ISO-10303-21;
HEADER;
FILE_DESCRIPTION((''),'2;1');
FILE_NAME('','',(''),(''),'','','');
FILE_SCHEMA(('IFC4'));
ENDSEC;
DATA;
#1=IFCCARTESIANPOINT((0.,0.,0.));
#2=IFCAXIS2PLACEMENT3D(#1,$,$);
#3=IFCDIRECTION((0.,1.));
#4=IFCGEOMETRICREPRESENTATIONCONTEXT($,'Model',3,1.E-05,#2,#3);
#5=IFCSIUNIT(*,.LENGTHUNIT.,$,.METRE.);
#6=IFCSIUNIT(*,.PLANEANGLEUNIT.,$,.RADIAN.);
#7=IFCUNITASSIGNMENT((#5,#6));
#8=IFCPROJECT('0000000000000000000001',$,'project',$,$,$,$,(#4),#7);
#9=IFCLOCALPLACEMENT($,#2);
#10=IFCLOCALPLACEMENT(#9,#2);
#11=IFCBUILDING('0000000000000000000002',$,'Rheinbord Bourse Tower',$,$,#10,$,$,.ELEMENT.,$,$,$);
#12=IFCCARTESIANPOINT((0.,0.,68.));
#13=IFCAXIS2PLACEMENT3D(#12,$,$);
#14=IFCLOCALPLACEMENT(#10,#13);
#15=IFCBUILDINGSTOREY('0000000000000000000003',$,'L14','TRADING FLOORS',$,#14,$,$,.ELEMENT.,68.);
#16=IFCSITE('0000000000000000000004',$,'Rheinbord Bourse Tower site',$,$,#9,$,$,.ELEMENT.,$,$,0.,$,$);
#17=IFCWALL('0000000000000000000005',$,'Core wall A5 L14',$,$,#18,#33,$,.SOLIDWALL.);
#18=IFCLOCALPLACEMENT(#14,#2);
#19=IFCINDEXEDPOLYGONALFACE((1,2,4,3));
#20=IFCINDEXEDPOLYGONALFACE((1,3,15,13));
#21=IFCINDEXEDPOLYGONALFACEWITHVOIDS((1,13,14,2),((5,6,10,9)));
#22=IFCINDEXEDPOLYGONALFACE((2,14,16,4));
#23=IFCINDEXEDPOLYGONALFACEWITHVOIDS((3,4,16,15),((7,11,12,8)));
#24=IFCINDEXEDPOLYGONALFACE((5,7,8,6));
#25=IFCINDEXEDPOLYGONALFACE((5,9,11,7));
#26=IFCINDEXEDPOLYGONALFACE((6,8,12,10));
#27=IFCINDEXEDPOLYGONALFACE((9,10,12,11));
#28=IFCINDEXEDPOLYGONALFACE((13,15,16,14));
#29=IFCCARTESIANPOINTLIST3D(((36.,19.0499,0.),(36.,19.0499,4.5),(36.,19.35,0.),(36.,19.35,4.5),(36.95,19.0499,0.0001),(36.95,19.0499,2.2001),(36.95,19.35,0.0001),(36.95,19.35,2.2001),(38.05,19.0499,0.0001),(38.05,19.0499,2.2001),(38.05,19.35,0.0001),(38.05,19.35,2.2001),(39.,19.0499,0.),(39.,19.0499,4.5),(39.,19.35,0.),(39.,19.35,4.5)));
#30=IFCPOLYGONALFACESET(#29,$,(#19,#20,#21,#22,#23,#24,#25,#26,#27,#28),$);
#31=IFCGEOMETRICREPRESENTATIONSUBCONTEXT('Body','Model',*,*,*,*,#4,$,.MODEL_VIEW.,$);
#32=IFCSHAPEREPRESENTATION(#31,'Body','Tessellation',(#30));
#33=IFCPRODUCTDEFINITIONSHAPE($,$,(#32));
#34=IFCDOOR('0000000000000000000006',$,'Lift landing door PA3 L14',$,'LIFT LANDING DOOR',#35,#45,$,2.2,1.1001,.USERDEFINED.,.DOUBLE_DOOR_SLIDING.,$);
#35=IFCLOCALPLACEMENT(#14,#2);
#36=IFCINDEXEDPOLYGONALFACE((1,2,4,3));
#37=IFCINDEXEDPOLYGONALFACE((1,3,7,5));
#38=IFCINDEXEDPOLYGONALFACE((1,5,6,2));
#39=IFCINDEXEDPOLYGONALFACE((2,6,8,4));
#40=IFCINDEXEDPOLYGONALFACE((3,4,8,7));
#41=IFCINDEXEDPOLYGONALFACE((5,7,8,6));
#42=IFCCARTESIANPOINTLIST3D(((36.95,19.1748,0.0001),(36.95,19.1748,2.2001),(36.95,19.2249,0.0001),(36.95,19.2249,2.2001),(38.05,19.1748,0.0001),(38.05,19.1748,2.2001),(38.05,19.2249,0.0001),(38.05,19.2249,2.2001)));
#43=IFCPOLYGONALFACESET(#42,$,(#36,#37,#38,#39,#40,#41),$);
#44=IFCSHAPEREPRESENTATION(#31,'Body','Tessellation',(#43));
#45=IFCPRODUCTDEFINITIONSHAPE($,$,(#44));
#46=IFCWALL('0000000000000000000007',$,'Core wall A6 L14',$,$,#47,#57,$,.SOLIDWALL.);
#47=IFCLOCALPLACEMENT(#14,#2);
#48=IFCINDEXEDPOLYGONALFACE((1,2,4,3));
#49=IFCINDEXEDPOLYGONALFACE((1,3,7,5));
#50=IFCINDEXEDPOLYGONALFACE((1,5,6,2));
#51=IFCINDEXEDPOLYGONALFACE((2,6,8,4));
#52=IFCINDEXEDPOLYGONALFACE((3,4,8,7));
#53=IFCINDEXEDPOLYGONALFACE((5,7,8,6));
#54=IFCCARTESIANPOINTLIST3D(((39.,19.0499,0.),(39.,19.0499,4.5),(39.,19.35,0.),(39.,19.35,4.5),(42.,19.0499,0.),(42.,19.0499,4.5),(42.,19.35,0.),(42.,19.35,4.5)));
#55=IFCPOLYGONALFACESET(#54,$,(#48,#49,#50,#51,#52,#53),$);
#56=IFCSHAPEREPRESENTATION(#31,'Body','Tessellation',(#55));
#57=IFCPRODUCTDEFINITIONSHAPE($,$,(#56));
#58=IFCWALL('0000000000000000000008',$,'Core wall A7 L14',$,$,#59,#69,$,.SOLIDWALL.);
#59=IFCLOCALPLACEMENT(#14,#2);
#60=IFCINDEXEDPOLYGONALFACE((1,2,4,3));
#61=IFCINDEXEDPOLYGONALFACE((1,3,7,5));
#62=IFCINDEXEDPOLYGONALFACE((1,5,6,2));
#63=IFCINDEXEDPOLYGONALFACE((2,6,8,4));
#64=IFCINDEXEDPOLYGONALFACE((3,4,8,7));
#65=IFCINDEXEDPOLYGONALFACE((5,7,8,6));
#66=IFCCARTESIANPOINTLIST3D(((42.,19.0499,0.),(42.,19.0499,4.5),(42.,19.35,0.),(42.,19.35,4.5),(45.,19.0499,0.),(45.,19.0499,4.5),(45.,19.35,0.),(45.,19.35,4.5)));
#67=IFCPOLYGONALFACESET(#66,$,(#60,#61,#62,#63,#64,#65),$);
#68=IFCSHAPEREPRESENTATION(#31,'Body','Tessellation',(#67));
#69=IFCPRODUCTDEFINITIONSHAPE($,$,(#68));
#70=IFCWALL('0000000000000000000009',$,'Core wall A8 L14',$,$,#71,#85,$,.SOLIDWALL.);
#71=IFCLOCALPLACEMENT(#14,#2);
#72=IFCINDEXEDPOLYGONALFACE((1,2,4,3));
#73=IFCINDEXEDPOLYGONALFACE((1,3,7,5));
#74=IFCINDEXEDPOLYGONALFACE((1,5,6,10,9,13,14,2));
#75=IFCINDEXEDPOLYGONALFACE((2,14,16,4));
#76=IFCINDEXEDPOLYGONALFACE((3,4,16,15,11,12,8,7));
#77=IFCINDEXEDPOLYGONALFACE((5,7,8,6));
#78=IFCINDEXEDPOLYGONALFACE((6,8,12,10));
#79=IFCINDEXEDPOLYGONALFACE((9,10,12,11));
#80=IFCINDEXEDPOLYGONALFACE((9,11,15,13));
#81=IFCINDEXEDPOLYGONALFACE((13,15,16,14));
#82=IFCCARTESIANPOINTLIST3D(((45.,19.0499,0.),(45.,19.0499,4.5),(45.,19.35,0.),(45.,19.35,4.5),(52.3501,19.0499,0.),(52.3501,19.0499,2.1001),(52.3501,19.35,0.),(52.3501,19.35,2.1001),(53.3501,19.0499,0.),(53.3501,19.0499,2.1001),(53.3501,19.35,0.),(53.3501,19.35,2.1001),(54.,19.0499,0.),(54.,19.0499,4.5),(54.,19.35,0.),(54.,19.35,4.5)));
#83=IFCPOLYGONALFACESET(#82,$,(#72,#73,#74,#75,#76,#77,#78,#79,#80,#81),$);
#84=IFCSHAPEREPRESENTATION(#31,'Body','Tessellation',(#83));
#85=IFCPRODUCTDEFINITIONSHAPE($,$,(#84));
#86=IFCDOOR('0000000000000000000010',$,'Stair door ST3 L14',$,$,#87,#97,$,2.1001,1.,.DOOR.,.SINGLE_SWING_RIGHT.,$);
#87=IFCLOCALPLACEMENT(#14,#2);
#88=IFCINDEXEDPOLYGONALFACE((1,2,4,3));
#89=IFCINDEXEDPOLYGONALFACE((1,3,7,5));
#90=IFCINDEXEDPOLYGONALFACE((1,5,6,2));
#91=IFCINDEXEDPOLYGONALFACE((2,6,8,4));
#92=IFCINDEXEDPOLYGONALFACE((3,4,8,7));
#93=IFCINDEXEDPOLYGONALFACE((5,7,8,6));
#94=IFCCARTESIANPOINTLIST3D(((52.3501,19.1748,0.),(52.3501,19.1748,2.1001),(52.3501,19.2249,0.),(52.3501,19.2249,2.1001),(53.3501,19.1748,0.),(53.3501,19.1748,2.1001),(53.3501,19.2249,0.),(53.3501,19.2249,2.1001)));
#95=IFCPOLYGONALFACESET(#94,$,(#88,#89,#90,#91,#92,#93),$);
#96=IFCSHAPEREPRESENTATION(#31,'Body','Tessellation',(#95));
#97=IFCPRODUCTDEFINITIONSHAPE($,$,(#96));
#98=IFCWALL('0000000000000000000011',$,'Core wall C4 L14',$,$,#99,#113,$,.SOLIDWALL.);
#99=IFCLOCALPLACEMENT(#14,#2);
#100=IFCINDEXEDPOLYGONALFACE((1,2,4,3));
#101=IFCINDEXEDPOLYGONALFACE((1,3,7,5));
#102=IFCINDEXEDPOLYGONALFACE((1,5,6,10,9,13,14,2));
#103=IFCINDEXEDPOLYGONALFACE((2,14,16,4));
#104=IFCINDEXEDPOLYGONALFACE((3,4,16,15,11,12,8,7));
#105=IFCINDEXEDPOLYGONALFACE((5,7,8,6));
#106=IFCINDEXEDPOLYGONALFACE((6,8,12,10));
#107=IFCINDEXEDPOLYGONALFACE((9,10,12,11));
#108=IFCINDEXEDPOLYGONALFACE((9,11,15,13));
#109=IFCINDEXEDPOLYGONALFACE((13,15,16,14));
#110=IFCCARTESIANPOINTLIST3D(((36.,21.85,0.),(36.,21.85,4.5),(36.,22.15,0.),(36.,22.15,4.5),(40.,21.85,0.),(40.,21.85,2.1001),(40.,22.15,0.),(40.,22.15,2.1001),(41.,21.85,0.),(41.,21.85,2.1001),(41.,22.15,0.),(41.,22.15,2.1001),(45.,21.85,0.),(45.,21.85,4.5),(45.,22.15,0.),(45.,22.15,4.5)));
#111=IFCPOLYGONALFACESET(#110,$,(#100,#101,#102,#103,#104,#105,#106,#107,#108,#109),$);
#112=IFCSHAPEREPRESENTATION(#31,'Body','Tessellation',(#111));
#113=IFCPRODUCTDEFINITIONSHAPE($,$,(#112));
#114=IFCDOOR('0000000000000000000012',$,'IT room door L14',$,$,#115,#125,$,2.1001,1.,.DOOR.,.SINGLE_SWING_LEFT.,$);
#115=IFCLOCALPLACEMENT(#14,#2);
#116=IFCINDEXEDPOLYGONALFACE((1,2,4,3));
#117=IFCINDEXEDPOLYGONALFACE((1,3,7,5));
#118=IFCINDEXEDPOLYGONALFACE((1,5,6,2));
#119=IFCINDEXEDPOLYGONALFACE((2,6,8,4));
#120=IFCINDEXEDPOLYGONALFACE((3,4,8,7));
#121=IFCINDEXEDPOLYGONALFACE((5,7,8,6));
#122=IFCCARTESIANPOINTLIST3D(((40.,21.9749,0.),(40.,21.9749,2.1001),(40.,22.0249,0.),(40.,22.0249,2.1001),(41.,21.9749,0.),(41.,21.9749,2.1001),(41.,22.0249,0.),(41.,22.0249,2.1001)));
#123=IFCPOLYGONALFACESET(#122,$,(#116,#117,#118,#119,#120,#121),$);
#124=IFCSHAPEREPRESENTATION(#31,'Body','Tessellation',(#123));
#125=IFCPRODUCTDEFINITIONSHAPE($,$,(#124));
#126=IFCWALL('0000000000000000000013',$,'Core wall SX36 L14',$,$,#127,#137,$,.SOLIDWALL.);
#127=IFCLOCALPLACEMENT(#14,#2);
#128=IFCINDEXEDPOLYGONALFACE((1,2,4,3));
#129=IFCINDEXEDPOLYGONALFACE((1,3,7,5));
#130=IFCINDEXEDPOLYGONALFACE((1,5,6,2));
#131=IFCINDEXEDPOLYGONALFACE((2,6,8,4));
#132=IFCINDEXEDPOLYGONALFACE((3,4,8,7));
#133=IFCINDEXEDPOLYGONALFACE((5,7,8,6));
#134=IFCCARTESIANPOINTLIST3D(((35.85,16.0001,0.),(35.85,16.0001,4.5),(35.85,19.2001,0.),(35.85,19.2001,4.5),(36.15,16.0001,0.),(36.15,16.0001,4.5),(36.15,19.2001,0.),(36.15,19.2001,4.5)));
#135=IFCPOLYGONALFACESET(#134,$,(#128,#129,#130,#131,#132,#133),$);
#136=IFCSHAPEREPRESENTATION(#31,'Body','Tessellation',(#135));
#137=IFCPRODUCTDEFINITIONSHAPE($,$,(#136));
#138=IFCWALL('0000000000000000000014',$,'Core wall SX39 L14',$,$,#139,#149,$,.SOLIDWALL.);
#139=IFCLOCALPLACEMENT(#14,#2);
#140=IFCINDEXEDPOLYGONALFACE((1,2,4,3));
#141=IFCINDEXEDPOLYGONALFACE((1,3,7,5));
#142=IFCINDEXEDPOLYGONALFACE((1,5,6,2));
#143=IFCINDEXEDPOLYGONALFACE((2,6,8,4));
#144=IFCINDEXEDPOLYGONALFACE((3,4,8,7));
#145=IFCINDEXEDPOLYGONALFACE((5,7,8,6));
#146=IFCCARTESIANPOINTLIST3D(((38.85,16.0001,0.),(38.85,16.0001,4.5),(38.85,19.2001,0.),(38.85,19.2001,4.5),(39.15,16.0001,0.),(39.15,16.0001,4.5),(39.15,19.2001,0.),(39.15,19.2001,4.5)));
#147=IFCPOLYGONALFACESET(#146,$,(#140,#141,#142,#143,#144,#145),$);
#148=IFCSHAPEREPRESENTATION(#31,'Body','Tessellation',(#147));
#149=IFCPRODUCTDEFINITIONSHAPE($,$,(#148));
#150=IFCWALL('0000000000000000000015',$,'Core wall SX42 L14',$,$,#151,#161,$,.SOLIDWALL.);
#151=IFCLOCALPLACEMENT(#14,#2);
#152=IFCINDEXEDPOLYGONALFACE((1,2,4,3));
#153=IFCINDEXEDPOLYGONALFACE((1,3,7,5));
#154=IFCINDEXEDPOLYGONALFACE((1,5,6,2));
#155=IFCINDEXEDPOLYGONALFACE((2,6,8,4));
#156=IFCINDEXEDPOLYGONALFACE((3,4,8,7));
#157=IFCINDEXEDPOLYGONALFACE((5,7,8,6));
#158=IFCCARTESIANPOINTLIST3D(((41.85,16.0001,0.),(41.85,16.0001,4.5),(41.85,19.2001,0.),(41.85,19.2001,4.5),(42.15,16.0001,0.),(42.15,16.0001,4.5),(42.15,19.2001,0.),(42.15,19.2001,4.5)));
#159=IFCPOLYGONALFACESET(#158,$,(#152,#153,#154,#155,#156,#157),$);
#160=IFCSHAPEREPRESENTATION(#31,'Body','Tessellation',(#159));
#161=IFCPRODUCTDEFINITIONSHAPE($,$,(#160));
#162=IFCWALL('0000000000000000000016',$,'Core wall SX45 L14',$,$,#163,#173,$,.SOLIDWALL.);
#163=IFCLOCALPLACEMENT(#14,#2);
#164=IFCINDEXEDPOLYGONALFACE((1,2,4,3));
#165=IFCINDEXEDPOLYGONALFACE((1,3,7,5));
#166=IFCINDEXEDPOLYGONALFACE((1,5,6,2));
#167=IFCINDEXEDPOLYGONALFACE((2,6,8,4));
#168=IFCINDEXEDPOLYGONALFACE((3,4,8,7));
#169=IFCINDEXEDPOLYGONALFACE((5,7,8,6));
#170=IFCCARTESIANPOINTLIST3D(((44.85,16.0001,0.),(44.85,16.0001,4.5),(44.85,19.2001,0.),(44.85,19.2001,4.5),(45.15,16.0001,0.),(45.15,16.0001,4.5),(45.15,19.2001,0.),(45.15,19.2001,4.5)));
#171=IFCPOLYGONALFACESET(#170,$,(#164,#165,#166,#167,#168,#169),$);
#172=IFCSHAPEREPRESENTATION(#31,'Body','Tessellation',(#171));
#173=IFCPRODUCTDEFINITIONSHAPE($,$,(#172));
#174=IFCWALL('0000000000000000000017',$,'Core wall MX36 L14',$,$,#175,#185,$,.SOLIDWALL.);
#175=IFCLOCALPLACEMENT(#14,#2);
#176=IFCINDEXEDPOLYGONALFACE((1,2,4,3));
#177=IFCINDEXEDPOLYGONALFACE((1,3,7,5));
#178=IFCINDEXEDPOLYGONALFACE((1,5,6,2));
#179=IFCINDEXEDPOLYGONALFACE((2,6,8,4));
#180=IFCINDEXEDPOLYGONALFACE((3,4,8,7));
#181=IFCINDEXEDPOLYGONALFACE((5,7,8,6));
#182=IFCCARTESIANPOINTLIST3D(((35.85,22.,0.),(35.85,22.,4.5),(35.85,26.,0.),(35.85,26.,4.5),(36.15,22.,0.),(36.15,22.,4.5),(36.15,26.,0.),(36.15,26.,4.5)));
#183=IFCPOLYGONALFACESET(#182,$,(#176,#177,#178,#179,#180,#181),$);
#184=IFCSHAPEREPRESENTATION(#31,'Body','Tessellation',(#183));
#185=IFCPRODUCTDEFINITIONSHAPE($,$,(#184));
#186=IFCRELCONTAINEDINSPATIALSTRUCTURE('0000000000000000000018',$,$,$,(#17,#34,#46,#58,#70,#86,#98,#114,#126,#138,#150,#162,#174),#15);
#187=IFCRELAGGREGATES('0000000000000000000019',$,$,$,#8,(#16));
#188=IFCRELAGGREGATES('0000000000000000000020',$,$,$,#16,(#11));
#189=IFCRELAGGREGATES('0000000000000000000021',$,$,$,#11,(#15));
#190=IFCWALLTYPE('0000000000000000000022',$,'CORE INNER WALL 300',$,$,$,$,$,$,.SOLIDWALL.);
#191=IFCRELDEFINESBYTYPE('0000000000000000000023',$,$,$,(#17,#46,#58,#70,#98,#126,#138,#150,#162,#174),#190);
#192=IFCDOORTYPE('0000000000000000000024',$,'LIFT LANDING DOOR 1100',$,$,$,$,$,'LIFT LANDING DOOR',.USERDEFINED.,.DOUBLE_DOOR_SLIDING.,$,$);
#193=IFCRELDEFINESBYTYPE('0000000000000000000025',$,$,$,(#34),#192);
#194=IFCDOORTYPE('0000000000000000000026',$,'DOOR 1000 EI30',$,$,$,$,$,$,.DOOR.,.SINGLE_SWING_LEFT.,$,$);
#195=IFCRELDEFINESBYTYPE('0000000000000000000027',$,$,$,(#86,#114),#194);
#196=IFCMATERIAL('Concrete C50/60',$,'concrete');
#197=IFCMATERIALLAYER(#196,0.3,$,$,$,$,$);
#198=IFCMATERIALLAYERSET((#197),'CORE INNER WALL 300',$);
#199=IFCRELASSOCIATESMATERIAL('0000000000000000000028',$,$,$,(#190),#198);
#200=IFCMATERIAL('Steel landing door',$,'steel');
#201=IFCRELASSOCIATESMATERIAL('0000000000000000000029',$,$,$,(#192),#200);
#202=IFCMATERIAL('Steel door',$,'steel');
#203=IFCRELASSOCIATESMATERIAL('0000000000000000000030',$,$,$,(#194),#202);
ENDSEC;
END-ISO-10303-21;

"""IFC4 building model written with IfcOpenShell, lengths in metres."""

from ifc_helpers import new_model, si_unit, direction, frame, frame_2d, origin, place, context, subcontext, project, spatial, rectangle, extrude, material, layer, layer_set, type_object, element, fill, save


model = new_model("IFC4")

# Units and contexts
model_context = context("Model", 3, precision=1e-05, world=origin(), true_north=direction((0.0, 1.0)))
body_context = subcontext(model_context, "Body", "Model", "MODEL_VIEW")
ifc_project = project(units=[si_unit("LENGTHUNIT", "METRE"), si_unit("PLANEANGLEUNIT", "RADIAN")], contexts=[model_context])

# Site, building, storey
site_placement = place(None, origin())
site = spatial("IfcSite", under=ifc_project, at=site_placement, Name="Rheinbord Bourse Tower site", CompositionType="ELEMENT", RefElevation=0.0)
building_placement = place(site_placement, origin())
building = spatial("IfcBuilding", under=site, at=building_placement, Name="Rheinbord Bourse Tower", CompositionType="ELEMENT")
storey_placement = place(building_placement, frame((0.0, 0.0, 68.0)))
storey = spatial("IfcBuildingStorey", under=building, at=storey_placement, Name="L14", Description="TRADING FLOORS", CompositionType="ELEMENT", Elevation=68.0)

# Wall, opening, door
ifc_material_1 = material(Name="Concrete C50/60", Category="concrete")
ifc_layer_1 = layer(ifc_material_1, 0.3)
ifc_layer_set_1 = layer_set([ifc_layer_1], Name="CORE INNER WALL 300")
wall_type_1 = type_object("IfcWallType", Name="CORE INNER WALL 300", PredefinedType="SOLIDWALL", material=ifc_layer_set_1)
wall_1_placement = place(storey_placement, frame((36.0, 19.2, 0.0), z_axis=(0.0, 0.0, 1.0), x_axis=(1.0, 0.0, 0.0)))
wall_1 = element("IfcWall", 1, at=wall_1_placement, inside=storey, type_object=wall_type_1, Name="Core wall A5 L14", PredefinedType="SOLIDWALL", context=body_context, shape_type="SweptSolid", body=[
    extrude(rectangle(XDim=3.0, YDim=0.3, at=frame_2d((1.5, 0.0))), origin(), (0.0, 0.0, 1.0), 4.5),
])
opening_1_placement = place(wall_1_placement, frame((0.95, 0.0, 0.0)))
opening_1 = element("IfcOpeningElement", 2, at=opening_1_placement, cuts=wall_1, PredefinedType="OPENING", context=body_context, shape_type="SweptSolid", body=[
    extrude(rectangle(XDim=1.1001, YDim=2.2, at=frame_2d((0.55, 1.1001))), frame((0.0, 0.1599, 0.0), z_axis=(0.0, -1.0, 0.0), x_axis=(1.0, 0.0, 0.0)), (0.0, 0.0, 1.0), 0.3201),
])
ifc_material_2 = material(Name="Steel landing door", Category="steel")
door_type_1 = type_object("IfcDoorType", Name="LIFT LANDING DOOR 1100", ElementType="LIFT LANDING DOOR", OperationType="DOUBLE_DOOR_SLIDING", PredefinedType="USERDEFINED", material=ifc_material_2)
door_1_placement = place(opening_1_placement, origin())
door_1 = element("IfcDoor", 3, at=door_1_placement, inside=storey, type_object=door_type_1, Name="Lift landing door PA3 L14", ObjectType="LIFT LANDING DOOR", OperationType="DOUBLE_DOOR_SLIDING", OverallHeight=2.2, OverallWidth=1.1001, PredefinedType="USERDEFINED", context=body_context, shape_type="SweptSolid", body=[
    extrude(rectangle(XDim=1.1001, YDim=2.2, at=frame_2d((0.55, 1.1001))), frame((0.0, 0.0249, 0.0), z_axis=(0.0, -1.0, 0.0), x_axis=(1.0, 0.0, 0.0)), (0.0, 0.0, 1.0), 0.05),
])
fill(opening_1, door_1)

# Walls
for number, where, z_axis, x_axis, name in (
    (4, (39.0, 19.2, 0.0), (0.0, 0.0, 1.0), (1.0, 0.0, 0.0), "Core wall A6 L14"),
    (5, (42.0, 19.2, 0.0), (0.0, 0.0, 1.0), (1.0, 0.0, 0.0), "Core wall A7 L14"),
):
    element("IfcWall", number, at=place(storey_placement, frame(where, z_axis=z_axis, x_axis=x_axis)), inside=storey, type_object=wall_type_1, Name=name, PredefinedType="SOLIDWALL", context=body_context, shape_type="SweptSolid", body=[
        extrude(rectangle(XDim=3.0, YDim=0.3, at=frame_2d((1.5, 0.0))), origin(), (0.0, 0.0, 1.0), 4.5),
    ])

# Walls, openings, doors
wall_2_placement = place(storey_placement, frame((45.0, 19.2, 0.0), z_axis=(0.0, 0.0, 1.0), x_axis=(1.0, 0.0, 0.0)))
wall_2 = element("IfcWall", 6, at=wall_2_placement, inside=storey, type_object=wall_type_1, Name="Core wall A8 L14", PredefinedType="SOLIDWALL", context=body_context, shape_type="SweptSolid", body=[
    extrude(rectangle(XDim=9.0, YDim=0.3, at=frame_2d((4.5, 0.0))), origin(), (0.0, 0.0, 1.0), 4.5),
])
opening_2_placement = place(wall_2_placement, frame((7.3501, 0.0, 0.0)))
opening_2 = element("IfcOpeningElement", 7, at=opening_2_placement, cuts=wall_2, PredefinedType="OPENING", context=body_context, shape_type="SweptSolid", body=[
    extrude(rectangle(XDim=1.0, YDim=2.1001, at=frame_2d((0.5, 1.05))), frame((0.0, 0.1599, 0.0), z_axis=(0.0, -1.0, 0.0), x_axis=(1.0, 0.0, 0.0)), (0.0, 0.0, 1.0), 0.3201),
])
ifc_material_3 = material(Name="Steel door", Category="steel")
door_type_2 = type_object("IfcDoorType", Name="DOOR 1000 EI30", OperationType="SINGLE_SWING_LEFT", PredefinedType="DOOR", material=ifc_material_3)
door_2_placement = place(opening_2_placement, origin())
door_2 = element("IfcDoor", 8, at=door_2_placement, inside=storey, type_object=door_type_2, Name="Stair door ST3 L14", OperationType="SINGLE_SWING_RIGHT", OverallHeight=2.1001, OverallWidth=1.0, PredefinedType="DOOR", context=body_context, shape_type="SweptSolid", body=[
    extrude(rectangle(XDim=1.0, YDim=2.1001, at=frame_2d((0.5, 1.05))), frame((0.0, 0.0249, 0.0), z_axis=(0.0, -1.0, 0.0), x_axis=(1.0, 0.0, 0.0)), (0.0, 0.0, 1.0), 0.05),
])
fill(opening_2, door_2)
wall_3_placement = place(storey_placement, frame((36.0, 22.0, 0.0), z_axis=(0.0, 0.0, 1.0), x_axis=(1.0, 0.0, 0.0)))
wall_3 = element("IfcWall", 9, at=wall_3_placement, inside=storey, type_object=wall_type_1, Name="Core wall C4 L14", PredefinedType="SOLIDWALL", context=body_context, shape_type="SweptSolid", body=[
    extrude(rectangle(XDim=9.0, YDim=0.3, at=frame_2d((4.5, 0.0))), origin(), (0.0, 0.0, 1.0), 4.5),
])
opening_3_placement = place(wall_3_placement, frame((4.0, 0.0, 0.0)))
opening_3 = element("IfcOpeningElement", 10, at=opening_3_placement, cuts=wall_3, PredefinedType="OPENING", context=body_context, shape_type="SweptSolid", body=[
    extrude(rectangle(XDim=1.0, YDim=2.1001, at=frame_2d((0.5, 1.05))), frame((0.0, 0.1599, 0.0), z_axis=(0.0, -1.0, 0.0), x_axis=(1.0, 0.0, 0.0)), (0.0, 0.0, 1.0), 0.3201),
])
door_3_placement = place(opening_3_placement, origin())
door_3 = element("IfcDoor", 11, at=door_3_placement, inside=storey, type_object=door_type_2, Name="IT room door L14", OperationType="SINGLE_SWING_LEFT", OverallHeight=2.1001, OverallWidth=1.0, PredefinedType="DOOR", context=body_context, shape_type="SweptSolid", body=[
    extrude(rectangle(XDim=1.0, YDim=2.1001, at=frame_2d((0.5, 1.05))), frame((0.0, 0.0249, 0.0), z_axis=(0.0, -1.0, 0.0), x_axis=(1.0, 0.0, 0.0)), (0.0, 0.0, 1.0), 0.05),
])
fill(opening_3, door_3)

# Walls
for number, where, z_axis, x_axis, name in (
    (12, (36.0, 16.0, 0.0), (0.0, 0.0, 1.0), (0.0, 1.0, 0.0), "Core wall SX36 L14"),
    (13, (39.0, 16.0, 0.0), (0.0, 0.0, 1.0), (0.0, 1.0, 0.0), "Core wall SX39 L14"),
    (14, (42.0, 16.0, 0.0), (0.0, 0.0, 1.0), (0.0, 1.0, 0.0), "Core wall SX42 L14"),
    (15, (45.0, 16.0, 0.0), (0.0, 0.0, 1.0), (0.0, 1.0, 0.0), "Core wall SX45 L14"),
):
    element("IfcWall", number, at=place(storey_placement, frame(where, z_axis=z_axis, x_axis=x_axis)), inside=storey, type_object=wall_type_1, Name=name, PredefinedType="SOLIDWALL", context=body_context, shape_type="SweptSolid", body=[
        extrude(rectangle(XDim=3.2, YDim=0.3, at=frame_2d((1.6001, 0.0))), origin(), (0.0, 0.0, 1.0), 4.5),
    ])
wall_4_placement = place(storey_placement, frame((36.0, 22.0, 0.0), z_axis=(0.0, 0.0, 1.0), x_axis=(0.0, 1.0, 0.0)))
element("IfcWall", 16, at=wall_4_placement, inside=storey, type_object=wall_type_1, Name="Core wall MX36 L14", PredefinedType="SOLIDWALL", context=body_context, shape_type="SweptSolid", body=[
    extrude(rectangle(XDim=4.0, YDim=0.3, at=frame_2d((2.0, 0.0))), origin(), (0.0, 0.0, 1.0), 4.5),
])

save(model, "model.ifc")
